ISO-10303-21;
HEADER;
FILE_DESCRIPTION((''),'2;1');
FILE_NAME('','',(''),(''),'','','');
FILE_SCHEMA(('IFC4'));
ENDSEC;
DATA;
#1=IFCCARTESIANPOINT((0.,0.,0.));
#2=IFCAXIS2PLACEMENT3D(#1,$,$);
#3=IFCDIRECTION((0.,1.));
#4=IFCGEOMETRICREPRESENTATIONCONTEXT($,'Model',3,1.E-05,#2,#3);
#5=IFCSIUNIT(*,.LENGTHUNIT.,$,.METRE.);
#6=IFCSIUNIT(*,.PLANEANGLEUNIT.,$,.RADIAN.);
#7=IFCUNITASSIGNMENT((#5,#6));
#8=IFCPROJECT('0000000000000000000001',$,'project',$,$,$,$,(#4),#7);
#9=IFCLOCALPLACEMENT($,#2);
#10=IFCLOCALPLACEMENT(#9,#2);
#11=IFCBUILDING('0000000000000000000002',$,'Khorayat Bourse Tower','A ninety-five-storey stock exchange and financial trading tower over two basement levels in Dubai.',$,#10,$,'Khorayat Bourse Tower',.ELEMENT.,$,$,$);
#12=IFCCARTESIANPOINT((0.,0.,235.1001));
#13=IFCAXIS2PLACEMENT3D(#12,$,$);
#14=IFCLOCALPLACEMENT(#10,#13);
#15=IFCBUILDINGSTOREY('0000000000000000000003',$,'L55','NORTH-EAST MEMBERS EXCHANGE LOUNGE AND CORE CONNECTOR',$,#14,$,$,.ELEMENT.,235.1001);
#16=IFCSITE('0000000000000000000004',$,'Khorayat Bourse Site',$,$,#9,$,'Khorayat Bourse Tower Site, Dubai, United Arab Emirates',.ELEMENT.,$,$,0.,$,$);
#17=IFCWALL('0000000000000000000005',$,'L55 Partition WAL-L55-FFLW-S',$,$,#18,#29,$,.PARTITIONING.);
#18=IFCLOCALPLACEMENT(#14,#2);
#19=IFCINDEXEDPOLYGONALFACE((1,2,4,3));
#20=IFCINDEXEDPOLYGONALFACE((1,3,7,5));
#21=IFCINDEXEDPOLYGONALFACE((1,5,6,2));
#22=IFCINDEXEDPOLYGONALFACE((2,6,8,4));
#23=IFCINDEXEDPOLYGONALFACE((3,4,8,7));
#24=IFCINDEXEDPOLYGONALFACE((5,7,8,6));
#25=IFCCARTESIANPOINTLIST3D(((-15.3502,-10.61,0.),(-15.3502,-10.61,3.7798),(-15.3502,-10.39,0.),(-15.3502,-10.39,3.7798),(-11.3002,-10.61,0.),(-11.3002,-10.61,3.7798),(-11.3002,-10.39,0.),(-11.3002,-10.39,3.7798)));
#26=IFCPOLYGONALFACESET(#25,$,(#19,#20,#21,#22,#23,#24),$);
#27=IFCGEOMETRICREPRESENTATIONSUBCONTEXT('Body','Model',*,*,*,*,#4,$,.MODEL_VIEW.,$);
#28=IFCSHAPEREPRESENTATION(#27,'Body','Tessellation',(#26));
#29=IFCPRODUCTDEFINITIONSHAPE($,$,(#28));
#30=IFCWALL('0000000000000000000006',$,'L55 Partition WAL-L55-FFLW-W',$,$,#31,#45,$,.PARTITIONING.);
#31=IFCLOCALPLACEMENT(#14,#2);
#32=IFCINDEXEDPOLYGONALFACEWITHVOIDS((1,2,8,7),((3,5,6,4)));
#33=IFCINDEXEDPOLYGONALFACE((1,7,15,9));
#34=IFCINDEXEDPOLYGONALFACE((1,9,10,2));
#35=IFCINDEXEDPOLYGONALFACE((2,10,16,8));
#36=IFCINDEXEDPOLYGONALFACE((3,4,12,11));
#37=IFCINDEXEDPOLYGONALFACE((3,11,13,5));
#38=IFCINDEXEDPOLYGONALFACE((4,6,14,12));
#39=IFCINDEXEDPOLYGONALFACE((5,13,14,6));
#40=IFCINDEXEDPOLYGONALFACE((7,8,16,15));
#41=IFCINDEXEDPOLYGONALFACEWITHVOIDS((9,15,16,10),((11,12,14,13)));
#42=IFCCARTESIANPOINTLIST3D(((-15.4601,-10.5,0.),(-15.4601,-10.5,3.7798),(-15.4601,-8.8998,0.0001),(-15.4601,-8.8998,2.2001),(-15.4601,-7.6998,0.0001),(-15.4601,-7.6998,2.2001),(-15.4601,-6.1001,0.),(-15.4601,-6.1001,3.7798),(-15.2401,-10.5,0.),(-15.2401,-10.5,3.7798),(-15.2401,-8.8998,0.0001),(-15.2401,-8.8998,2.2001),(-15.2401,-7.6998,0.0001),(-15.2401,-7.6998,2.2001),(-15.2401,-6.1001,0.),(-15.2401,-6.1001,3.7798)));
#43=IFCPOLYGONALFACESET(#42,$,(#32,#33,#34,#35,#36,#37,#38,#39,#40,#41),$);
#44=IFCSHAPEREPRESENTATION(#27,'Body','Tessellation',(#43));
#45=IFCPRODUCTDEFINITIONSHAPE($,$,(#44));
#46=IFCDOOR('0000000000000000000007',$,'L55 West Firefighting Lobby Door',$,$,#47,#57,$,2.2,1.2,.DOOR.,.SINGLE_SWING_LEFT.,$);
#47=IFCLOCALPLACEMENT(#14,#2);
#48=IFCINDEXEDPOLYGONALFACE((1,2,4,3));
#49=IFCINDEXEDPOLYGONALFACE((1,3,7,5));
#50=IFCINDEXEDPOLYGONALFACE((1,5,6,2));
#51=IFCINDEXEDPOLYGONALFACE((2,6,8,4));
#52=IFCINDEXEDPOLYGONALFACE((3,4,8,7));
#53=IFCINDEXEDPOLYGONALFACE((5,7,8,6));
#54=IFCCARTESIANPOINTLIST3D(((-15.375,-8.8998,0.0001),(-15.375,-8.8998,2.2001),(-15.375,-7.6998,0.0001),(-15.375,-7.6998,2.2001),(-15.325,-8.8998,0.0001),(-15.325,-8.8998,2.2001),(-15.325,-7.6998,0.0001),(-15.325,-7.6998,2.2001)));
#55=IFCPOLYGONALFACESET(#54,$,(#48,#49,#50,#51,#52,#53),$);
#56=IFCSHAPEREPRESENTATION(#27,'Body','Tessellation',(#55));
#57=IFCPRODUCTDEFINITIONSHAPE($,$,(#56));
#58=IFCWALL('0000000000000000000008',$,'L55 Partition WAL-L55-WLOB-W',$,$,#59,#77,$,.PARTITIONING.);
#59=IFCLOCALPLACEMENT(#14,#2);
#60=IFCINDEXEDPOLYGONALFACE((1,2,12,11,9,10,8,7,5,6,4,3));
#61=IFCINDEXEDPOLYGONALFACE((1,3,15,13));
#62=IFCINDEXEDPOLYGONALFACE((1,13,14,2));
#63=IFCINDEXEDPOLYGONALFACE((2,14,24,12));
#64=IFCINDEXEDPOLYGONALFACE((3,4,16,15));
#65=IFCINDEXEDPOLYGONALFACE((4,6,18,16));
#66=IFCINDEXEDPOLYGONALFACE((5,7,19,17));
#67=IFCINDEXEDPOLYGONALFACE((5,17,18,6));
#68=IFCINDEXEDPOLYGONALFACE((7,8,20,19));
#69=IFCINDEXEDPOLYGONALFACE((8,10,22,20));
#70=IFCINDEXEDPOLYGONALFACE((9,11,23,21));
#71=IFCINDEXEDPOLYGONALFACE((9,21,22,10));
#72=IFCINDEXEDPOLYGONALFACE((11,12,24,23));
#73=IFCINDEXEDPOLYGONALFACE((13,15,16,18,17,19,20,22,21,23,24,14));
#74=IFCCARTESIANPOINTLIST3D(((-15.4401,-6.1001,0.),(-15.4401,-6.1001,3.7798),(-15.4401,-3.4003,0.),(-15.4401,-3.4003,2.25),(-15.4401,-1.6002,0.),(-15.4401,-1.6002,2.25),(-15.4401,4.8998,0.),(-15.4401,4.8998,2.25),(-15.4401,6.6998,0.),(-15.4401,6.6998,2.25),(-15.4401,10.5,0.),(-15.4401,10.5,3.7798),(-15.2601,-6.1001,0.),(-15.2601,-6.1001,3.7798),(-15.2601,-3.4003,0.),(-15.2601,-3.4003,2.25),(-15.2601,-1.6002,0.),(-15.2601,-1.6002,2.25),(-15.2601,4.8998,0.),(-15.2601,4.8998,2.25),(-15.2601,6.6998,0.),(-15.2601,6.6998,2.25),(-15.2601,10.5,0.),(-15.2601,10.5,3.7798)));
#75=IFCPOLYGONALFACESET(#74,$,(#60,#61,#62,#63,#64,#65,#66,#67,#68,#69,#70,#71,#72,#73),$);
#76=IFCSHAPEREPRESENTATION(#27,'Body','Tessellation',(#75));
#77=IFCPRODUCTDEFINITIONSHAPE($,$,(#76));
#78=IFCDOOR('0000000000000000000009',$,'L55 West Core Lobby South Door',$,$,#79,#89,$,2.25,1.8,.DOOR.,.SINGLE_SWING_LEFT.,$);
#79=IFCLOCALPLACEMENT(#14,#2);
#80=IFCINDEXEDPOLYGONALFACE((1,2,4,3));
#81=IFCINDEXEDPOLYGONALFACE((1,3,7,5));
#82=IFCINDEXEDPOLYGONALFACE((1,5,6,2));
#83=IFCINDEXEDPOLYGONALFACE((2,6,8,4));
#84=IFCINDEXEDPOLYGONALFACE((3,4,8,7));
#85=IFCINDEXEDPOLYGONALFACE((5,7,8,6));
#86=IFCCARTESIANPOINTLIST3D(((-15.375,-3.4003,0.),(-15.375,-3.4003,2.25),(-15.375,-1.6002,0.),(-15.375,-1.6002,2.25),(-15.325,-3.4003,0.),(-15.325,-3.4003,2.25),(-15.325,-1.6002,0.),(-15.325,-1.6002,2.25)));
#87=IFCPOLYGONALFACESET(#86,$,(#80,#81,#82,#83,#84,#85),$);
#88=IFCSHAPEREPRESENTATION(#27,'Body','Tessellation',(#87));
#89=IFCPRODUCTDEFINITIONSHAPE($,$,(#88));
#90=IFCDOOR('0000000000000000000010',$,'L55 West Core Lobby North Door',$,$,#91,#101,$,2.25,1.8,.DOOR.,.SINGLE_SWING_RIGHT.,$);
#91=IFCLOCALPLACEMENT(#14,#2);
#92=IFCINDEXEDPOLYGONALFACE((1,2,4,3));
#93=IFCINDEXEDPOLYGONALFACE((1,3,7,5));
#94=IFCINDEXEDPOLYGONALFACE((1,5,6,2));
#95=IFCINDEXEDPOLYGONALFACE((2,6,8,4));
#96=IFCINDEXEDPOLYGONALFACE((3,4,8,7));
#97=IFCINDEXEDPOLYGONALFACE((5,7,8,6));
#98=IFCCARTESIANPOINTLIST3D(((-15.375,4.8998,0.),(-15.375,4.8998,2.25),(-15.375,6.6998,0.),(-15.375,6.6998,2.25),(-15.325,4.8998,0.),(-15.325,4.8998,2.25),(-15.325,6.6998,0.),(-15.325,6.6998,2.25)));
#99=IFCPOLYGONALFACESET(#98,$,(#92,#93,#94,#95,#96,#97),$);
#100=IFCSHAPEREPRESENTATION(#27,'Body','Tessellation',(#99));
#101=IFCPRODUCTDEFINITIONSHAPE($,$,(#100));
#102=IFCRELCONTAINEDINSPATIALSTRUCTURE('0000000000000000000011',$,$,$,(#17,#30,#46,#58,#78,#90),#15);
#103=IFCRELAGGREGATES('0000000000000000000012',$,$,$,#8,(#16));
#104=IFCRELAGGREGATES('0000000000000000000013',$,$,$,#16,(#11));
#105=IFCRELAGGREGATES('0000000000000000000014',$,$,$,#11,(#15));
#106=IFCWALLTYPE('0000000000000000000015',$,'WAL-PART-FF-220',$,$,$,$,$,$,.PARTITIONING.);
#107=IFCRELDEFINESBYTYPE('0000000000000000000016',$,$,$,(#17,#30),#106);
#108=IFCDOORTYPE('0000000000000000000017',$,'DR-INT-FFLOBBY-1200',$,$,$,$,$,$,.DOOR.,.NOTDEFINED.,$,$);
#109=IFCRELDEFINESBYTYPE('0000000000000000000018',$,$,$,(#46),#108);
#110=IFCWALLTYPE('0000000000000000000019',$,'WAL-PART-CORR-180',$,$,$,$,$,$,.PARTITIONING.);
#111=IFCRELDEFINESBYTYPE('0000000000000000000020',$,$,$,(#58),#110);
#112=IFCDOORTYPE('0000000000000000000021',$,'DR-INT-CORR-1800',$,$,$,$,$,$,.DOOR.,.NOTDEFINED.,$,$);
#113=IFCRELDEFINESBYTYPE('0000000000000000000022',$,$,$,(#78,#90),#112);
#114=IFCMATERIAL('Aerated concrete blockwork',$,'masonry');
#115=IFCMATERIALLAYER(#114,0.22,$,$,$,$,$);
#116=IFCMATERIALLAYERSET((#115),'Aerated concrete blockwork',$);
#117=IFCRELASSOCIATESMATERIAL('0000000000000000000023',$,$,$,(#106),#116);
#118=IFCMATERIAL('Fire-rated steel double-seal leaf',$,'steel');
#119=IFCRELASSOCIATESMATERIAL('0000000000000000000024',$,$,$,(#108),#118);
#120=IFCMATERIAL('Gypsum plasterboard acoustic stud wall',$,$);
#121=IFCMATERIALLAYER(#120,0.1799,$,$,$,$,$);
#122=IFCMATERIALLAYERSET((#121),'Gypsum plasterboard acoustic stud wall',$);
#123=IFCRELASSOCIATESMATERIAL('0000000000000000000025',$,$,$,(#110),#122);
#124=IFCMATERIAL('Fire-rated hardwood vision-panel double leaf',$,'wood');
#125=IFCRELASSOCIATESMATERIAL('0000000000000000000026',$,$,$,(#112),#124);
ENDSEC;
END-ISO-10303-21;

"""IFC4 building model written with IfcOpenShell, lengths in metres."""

from ifc_helpers import new_model, si_unit, direction, frame, frame_2d, origin, place, context, subcontext, project, spatial, rectangle, extrude, source, transform, mapped, material, layer, layer_set, type_object, element, fill, save


model = new_model("IFC4")

# Units and contexts
model_context = context("Model", 3, precision=1e-05, world=origin(), true_north=direction((0.0, 1.0)))
body_context = subcontext(model_context, "Body", "Model", "MODEL_VIEW")
ifc_project = project(units=[si_unit("LENGTHUNIT", "METRE"), si_unit("PLANEANGLEUNIT", "RADIAN")], contexts=[model_context])

# Site, building, storey
site_placement = place(None, origin())
site = spatial("IfcSite", under=ifc_project, at=site_placement, Name="Khorayat Bourse Site", LongName="Khorayat Bourse Tower Site, Dubai, United Arab Emirates", CompositionType="ELEMENT", RefElevation=0.0)
building_placement = place(site_placement, origin())
building = spatial("IfcBuilding", under=site, at=building_placement, Name="Khorayat Bourse Tower", Description="A ninety-five-storey stock exchange and financial trading tower over two basement levels in Dubai.", LongName="Khorayat Bourse Tower", CompositionType="ELEMENT")
storey_placement = place(building_placement, frame((0.0, 0.0, 235.1001)))
storey = spatial("IfcBuildingStorey", under=building, at=storey_placement, Name="L55", Description="NORTH-EAST MEMBERS EXCHANGE LOUNGE AND CORE CONNECTOR", CompositionType="ELEMENT", Elevation=235.1001)

# Wall
ifc_material_1 = material(Name="Aerated concrete blockwork", Category="masonry")
ifc_layer_1 = layer(ifc_material_1, 0.22)
ifc_layer_set_1 = layer_set([ifc_layer_1], Name="Aerated concrete blockwork")
wall_type_1 = type_object("IfcWallType", Name="WAL-PART-FF-220", PredefinedType="PARTITIONING", material=ifc_layer_set_1)
shared_shape_1 = source(origin(), body_context, "Body", "SweptSolid", [
    extrude(rectangle(XDim=4.05, YDim=0.22, at=frame_2d((2.0249, 0.0))), origin(), (0.0, 0.0, 1.0), 3.7798),
])
wall_1_placement = place(storey_placement, frame((-15.3501, -10.5, 0.0), z_axis=(0.0, 0.0, 1.0), x_axis=(1.0, 0.0, 0.0)))
element("IfcWall", 1, at=wall_1_placement, inside=storey, type_object=wall_type_1, Name="L55 Partition WAL-L55-FFLW-S", PredefinedType="PARTITIONING", context=body_context, shape_type="MappedRepresentation", body=[
    mapped(shared_shape_1, transform((0.0, 0.0, 0.0), scale=1.0)),
])

# Wall, opening, door
shared_shape_2 = source(origin(), body_context, "Body", "SweptSolid", [
    extrude(rectangle(XDim=4.3999, YDim=0.22, at=frame_2d((2.2, 0.0))), origin(), (0.0, 0.0, 1.0), 3.7798),
])
wall_2_placement = place(storey_placement, frame((-15.3501, -10.5, 0.0), z_axis=(0.0, 0.0, 1.0), x_axis=(0.0, 1.0, 0.0)))
wall_2 = element("IfcWall", 2, at=wall_2_placement, inside=storey, type_object=wall_type_1, Name="L55 Partition WAL-L55-FFLW-W", PredefinedType="PARTITIONING", context=body_context, shape_type="MappedRepresentation", body=[
    mapped(shared_shape_2, transform((0.0, 0.0, 0.0), scale=1.0)),
])
shared_shape_3 = source(origin(), body_context, "Body", "SweptSolid", [
    extrude(rectangle(XDim=1.2, YDim=2.2, at=frame_2d((0.6001, 1.1001))), frame((0.0, 0.1199, 0.0), z_axis=(0.0, -1.0, 0.0), x_axis=(1.0, 0.0, 0.0)), (0.0, 0.0, 1.0), 0.24),
])
opening_1_placement = place(wall_2_placement, frame((1.6001, 0.0, 0.0)))
opening_1 = element("IfcOpeningElement", 3, at=opening_1_placement, cuts=wall_2, PredefinedType="OPENING", context=body_context, shape_type="MappedRepresentation", body=[
    mapped(shared_shape_3, transform((0.0, 0.0, 0.0), scale=1.0)),
])
ifc_material_2 = material(Name="Fire-rated steel double-seal leaf", Category="steel")
door_type_1 = type_object("IfcDoorType", Name="DR-INT-FFLOBBY-1200", OperationType="NOTDEFINED", PredefinedType="DOOR", material=ifc_material_2)
shared_shape_4 = source(origin(), body_context, "Body", "SweptSolid", [
    extrude(rectangle(XDim=1.2, YDim=2.2, at=frame_2d((0.6001, 1.1001))), frame((0.0, 0.0249, 0.0), z_axis=(0.0, -1.0, 0.0), x_axis=(1.0, 0.0, 0.0)), (0.0, 0.0, 1.0), 0.05),
])
door_1_placement = place(opening_1_placement, origin())
door_1 = element("IfcDoor", 4, at=door_1_placement, inside=storey, type_object=door_type_1, Name="L55 West Firefighting Lobby Door", OperationType="SINGLE_SWING_LEFT", OverallHeight=2.2, OverallWidth=1.2, PredefinedType="DOOR", context=body_context, shape_type="MappedRepresentation", body=[
    mapped(shared_shape_4, transform((0.0, 0.0, 0.0), scale=1.0)),
])
fill(opening_1, door_1)

# Wall, openings, doors
ifc_material_3 = material(Name="Gypsum plasterboard acoustic stud wall")
ifc_layer_2 = layer(ifc_material_3, 0.1799)
ifc_layer_set_2 = layer_set([ifc_layer_2], Name="Gypsum plasterboard acoustic stud wall")
wall_type_2 = type_object("IfcWallType", Name="WAL-PART-CORR-180", PredefinedType="PARTITIONING", material=ifc_layer_set_2)
shared_shape_5 = source(origin(), body_context, "Body", "SweptSolid", [
    extrude(rectangle(XDim=16.6001, YDim=0.1799, at=frame_2d((8.3, 0.0))), origin(), (0.0, 0.0, 1.0), 3.7798),
])
wall_3_placement = place(storey_placement, frame((-15.3501, -6.1001, 0.0), z_axis=(0.0, 0.0, 1.0), x_axis=(0.0, 1.0, 0.0)))
wall_3 = element("IfcWall", 5, at=wall_3_placement, inside=storey, type_object=wall_type_2, Name="L55 Partition WAL-L55-WLOB-W", PredefinedType="PARTITIONING", context=body_context, shape_type="MappedRepresentation", body=[
    mapped(shared_shape_5, transform((0.0, 0.0, 0.0), scale=1.0)),
])
shared_shape_6 = source(origin(), body_context, "Body", "SweptSolid", [
    extrude(rectangle(XDim=1.8, YDim=2.25, at=frame_2d((0.8999, 1.125))), frame((0.0, 0.0999, 0.0), z_axis=(0.0, -1.0, 0.0), x_axis=(1.0, 0.0, 0.0)), (0.0, 0.0, 1.0), 0.2),
])
opening_2_placement = place(wall_3_placement, frame((2.7, 0.0, 0.0)))
opening_2 = element("IfcOpeningElement", 6, at=opening_2_placement, cuts=wall_3, PredefinedType="OPENING", context=body_context, shape_type="MappedRepresentation", body=[
    mapped(shared_shape_6, transform((0.0, 0.0, 0.0), scale=1.0)),
])
opening_3_placement = place(wall_3_placement, frame((11.0, 0.0, 0.0)))
opening_3 = element("IfcOpeningElement", 7, at=opening_3_placement, cuts=wall_3, PredefinedType="OPENING", context=body_context, shape_type="MappedRepresentation", body=[
    mapped(shared_shape_6, transform((0.0, 0.0, 0.0), scale=1.0)),
])
ifc_material_4 = material(Name="Fire-rated hardwood vision-panel double leaf", Category="wood")
door_type_2 = type_object("IfcDoorType", Name="DR-INT-CORR-1800", OperationType="NOTDEFINED", PredefinedType="DOOR", material=ifc_material_4)
shared_shape_7 = source(origin(), body_context, "Body", "SweptSolid", [
    extrude(rectangle(XDim=1.8, YDim=2.25, at=frame_2d((0.8999, 1.125))), frame((0.0, 0.0249, 0.0), z_axis=(0.0, -1.0, 0.0), x_axis=(1.0, 0.0, 0.0)), (0.0, 0.0, 1.0), 0.05),
])
door_2_placement = place(opening_2_placement, origin())
door_2 = element("IfcDoor", 8, at=door_2_placement, inside=storey, type_object=door_type_2, Name="L55 West Core Lobby South Door", OperationType="SINGLE_SWING_LEFT", OverallHeight=2.25, OverallWidth=1.8, PredefinedType="DOOR", context=body_context, shape_type="MappedRepresentation", body=[
    mapped(shared_shape_7, transform((0.0, 0.0, 0.0), scale=1.0)),
])
fill(opening_2, door_2)
door_3_placement = place(opening_3_placement, origin())
door_3 = element("IfcDoor", 9, at=door_3_placement, inside=storey, type_object=door_type_2, Name="L55 West Core Lobby North Door", OperationType="SINGLE_SWING_RIGHT", OverallHeight=2.25, OverallWidth=1.8, PredefinedType="DOOR", context=body_context, shape_type="MappedRepresentation", body=[
    mapped(shared_shape_7, transform((0.0, 0.0, 0.0), scale=1.0)),
])
fill(opening_3, door_3)

save(model, "model.ifc")
